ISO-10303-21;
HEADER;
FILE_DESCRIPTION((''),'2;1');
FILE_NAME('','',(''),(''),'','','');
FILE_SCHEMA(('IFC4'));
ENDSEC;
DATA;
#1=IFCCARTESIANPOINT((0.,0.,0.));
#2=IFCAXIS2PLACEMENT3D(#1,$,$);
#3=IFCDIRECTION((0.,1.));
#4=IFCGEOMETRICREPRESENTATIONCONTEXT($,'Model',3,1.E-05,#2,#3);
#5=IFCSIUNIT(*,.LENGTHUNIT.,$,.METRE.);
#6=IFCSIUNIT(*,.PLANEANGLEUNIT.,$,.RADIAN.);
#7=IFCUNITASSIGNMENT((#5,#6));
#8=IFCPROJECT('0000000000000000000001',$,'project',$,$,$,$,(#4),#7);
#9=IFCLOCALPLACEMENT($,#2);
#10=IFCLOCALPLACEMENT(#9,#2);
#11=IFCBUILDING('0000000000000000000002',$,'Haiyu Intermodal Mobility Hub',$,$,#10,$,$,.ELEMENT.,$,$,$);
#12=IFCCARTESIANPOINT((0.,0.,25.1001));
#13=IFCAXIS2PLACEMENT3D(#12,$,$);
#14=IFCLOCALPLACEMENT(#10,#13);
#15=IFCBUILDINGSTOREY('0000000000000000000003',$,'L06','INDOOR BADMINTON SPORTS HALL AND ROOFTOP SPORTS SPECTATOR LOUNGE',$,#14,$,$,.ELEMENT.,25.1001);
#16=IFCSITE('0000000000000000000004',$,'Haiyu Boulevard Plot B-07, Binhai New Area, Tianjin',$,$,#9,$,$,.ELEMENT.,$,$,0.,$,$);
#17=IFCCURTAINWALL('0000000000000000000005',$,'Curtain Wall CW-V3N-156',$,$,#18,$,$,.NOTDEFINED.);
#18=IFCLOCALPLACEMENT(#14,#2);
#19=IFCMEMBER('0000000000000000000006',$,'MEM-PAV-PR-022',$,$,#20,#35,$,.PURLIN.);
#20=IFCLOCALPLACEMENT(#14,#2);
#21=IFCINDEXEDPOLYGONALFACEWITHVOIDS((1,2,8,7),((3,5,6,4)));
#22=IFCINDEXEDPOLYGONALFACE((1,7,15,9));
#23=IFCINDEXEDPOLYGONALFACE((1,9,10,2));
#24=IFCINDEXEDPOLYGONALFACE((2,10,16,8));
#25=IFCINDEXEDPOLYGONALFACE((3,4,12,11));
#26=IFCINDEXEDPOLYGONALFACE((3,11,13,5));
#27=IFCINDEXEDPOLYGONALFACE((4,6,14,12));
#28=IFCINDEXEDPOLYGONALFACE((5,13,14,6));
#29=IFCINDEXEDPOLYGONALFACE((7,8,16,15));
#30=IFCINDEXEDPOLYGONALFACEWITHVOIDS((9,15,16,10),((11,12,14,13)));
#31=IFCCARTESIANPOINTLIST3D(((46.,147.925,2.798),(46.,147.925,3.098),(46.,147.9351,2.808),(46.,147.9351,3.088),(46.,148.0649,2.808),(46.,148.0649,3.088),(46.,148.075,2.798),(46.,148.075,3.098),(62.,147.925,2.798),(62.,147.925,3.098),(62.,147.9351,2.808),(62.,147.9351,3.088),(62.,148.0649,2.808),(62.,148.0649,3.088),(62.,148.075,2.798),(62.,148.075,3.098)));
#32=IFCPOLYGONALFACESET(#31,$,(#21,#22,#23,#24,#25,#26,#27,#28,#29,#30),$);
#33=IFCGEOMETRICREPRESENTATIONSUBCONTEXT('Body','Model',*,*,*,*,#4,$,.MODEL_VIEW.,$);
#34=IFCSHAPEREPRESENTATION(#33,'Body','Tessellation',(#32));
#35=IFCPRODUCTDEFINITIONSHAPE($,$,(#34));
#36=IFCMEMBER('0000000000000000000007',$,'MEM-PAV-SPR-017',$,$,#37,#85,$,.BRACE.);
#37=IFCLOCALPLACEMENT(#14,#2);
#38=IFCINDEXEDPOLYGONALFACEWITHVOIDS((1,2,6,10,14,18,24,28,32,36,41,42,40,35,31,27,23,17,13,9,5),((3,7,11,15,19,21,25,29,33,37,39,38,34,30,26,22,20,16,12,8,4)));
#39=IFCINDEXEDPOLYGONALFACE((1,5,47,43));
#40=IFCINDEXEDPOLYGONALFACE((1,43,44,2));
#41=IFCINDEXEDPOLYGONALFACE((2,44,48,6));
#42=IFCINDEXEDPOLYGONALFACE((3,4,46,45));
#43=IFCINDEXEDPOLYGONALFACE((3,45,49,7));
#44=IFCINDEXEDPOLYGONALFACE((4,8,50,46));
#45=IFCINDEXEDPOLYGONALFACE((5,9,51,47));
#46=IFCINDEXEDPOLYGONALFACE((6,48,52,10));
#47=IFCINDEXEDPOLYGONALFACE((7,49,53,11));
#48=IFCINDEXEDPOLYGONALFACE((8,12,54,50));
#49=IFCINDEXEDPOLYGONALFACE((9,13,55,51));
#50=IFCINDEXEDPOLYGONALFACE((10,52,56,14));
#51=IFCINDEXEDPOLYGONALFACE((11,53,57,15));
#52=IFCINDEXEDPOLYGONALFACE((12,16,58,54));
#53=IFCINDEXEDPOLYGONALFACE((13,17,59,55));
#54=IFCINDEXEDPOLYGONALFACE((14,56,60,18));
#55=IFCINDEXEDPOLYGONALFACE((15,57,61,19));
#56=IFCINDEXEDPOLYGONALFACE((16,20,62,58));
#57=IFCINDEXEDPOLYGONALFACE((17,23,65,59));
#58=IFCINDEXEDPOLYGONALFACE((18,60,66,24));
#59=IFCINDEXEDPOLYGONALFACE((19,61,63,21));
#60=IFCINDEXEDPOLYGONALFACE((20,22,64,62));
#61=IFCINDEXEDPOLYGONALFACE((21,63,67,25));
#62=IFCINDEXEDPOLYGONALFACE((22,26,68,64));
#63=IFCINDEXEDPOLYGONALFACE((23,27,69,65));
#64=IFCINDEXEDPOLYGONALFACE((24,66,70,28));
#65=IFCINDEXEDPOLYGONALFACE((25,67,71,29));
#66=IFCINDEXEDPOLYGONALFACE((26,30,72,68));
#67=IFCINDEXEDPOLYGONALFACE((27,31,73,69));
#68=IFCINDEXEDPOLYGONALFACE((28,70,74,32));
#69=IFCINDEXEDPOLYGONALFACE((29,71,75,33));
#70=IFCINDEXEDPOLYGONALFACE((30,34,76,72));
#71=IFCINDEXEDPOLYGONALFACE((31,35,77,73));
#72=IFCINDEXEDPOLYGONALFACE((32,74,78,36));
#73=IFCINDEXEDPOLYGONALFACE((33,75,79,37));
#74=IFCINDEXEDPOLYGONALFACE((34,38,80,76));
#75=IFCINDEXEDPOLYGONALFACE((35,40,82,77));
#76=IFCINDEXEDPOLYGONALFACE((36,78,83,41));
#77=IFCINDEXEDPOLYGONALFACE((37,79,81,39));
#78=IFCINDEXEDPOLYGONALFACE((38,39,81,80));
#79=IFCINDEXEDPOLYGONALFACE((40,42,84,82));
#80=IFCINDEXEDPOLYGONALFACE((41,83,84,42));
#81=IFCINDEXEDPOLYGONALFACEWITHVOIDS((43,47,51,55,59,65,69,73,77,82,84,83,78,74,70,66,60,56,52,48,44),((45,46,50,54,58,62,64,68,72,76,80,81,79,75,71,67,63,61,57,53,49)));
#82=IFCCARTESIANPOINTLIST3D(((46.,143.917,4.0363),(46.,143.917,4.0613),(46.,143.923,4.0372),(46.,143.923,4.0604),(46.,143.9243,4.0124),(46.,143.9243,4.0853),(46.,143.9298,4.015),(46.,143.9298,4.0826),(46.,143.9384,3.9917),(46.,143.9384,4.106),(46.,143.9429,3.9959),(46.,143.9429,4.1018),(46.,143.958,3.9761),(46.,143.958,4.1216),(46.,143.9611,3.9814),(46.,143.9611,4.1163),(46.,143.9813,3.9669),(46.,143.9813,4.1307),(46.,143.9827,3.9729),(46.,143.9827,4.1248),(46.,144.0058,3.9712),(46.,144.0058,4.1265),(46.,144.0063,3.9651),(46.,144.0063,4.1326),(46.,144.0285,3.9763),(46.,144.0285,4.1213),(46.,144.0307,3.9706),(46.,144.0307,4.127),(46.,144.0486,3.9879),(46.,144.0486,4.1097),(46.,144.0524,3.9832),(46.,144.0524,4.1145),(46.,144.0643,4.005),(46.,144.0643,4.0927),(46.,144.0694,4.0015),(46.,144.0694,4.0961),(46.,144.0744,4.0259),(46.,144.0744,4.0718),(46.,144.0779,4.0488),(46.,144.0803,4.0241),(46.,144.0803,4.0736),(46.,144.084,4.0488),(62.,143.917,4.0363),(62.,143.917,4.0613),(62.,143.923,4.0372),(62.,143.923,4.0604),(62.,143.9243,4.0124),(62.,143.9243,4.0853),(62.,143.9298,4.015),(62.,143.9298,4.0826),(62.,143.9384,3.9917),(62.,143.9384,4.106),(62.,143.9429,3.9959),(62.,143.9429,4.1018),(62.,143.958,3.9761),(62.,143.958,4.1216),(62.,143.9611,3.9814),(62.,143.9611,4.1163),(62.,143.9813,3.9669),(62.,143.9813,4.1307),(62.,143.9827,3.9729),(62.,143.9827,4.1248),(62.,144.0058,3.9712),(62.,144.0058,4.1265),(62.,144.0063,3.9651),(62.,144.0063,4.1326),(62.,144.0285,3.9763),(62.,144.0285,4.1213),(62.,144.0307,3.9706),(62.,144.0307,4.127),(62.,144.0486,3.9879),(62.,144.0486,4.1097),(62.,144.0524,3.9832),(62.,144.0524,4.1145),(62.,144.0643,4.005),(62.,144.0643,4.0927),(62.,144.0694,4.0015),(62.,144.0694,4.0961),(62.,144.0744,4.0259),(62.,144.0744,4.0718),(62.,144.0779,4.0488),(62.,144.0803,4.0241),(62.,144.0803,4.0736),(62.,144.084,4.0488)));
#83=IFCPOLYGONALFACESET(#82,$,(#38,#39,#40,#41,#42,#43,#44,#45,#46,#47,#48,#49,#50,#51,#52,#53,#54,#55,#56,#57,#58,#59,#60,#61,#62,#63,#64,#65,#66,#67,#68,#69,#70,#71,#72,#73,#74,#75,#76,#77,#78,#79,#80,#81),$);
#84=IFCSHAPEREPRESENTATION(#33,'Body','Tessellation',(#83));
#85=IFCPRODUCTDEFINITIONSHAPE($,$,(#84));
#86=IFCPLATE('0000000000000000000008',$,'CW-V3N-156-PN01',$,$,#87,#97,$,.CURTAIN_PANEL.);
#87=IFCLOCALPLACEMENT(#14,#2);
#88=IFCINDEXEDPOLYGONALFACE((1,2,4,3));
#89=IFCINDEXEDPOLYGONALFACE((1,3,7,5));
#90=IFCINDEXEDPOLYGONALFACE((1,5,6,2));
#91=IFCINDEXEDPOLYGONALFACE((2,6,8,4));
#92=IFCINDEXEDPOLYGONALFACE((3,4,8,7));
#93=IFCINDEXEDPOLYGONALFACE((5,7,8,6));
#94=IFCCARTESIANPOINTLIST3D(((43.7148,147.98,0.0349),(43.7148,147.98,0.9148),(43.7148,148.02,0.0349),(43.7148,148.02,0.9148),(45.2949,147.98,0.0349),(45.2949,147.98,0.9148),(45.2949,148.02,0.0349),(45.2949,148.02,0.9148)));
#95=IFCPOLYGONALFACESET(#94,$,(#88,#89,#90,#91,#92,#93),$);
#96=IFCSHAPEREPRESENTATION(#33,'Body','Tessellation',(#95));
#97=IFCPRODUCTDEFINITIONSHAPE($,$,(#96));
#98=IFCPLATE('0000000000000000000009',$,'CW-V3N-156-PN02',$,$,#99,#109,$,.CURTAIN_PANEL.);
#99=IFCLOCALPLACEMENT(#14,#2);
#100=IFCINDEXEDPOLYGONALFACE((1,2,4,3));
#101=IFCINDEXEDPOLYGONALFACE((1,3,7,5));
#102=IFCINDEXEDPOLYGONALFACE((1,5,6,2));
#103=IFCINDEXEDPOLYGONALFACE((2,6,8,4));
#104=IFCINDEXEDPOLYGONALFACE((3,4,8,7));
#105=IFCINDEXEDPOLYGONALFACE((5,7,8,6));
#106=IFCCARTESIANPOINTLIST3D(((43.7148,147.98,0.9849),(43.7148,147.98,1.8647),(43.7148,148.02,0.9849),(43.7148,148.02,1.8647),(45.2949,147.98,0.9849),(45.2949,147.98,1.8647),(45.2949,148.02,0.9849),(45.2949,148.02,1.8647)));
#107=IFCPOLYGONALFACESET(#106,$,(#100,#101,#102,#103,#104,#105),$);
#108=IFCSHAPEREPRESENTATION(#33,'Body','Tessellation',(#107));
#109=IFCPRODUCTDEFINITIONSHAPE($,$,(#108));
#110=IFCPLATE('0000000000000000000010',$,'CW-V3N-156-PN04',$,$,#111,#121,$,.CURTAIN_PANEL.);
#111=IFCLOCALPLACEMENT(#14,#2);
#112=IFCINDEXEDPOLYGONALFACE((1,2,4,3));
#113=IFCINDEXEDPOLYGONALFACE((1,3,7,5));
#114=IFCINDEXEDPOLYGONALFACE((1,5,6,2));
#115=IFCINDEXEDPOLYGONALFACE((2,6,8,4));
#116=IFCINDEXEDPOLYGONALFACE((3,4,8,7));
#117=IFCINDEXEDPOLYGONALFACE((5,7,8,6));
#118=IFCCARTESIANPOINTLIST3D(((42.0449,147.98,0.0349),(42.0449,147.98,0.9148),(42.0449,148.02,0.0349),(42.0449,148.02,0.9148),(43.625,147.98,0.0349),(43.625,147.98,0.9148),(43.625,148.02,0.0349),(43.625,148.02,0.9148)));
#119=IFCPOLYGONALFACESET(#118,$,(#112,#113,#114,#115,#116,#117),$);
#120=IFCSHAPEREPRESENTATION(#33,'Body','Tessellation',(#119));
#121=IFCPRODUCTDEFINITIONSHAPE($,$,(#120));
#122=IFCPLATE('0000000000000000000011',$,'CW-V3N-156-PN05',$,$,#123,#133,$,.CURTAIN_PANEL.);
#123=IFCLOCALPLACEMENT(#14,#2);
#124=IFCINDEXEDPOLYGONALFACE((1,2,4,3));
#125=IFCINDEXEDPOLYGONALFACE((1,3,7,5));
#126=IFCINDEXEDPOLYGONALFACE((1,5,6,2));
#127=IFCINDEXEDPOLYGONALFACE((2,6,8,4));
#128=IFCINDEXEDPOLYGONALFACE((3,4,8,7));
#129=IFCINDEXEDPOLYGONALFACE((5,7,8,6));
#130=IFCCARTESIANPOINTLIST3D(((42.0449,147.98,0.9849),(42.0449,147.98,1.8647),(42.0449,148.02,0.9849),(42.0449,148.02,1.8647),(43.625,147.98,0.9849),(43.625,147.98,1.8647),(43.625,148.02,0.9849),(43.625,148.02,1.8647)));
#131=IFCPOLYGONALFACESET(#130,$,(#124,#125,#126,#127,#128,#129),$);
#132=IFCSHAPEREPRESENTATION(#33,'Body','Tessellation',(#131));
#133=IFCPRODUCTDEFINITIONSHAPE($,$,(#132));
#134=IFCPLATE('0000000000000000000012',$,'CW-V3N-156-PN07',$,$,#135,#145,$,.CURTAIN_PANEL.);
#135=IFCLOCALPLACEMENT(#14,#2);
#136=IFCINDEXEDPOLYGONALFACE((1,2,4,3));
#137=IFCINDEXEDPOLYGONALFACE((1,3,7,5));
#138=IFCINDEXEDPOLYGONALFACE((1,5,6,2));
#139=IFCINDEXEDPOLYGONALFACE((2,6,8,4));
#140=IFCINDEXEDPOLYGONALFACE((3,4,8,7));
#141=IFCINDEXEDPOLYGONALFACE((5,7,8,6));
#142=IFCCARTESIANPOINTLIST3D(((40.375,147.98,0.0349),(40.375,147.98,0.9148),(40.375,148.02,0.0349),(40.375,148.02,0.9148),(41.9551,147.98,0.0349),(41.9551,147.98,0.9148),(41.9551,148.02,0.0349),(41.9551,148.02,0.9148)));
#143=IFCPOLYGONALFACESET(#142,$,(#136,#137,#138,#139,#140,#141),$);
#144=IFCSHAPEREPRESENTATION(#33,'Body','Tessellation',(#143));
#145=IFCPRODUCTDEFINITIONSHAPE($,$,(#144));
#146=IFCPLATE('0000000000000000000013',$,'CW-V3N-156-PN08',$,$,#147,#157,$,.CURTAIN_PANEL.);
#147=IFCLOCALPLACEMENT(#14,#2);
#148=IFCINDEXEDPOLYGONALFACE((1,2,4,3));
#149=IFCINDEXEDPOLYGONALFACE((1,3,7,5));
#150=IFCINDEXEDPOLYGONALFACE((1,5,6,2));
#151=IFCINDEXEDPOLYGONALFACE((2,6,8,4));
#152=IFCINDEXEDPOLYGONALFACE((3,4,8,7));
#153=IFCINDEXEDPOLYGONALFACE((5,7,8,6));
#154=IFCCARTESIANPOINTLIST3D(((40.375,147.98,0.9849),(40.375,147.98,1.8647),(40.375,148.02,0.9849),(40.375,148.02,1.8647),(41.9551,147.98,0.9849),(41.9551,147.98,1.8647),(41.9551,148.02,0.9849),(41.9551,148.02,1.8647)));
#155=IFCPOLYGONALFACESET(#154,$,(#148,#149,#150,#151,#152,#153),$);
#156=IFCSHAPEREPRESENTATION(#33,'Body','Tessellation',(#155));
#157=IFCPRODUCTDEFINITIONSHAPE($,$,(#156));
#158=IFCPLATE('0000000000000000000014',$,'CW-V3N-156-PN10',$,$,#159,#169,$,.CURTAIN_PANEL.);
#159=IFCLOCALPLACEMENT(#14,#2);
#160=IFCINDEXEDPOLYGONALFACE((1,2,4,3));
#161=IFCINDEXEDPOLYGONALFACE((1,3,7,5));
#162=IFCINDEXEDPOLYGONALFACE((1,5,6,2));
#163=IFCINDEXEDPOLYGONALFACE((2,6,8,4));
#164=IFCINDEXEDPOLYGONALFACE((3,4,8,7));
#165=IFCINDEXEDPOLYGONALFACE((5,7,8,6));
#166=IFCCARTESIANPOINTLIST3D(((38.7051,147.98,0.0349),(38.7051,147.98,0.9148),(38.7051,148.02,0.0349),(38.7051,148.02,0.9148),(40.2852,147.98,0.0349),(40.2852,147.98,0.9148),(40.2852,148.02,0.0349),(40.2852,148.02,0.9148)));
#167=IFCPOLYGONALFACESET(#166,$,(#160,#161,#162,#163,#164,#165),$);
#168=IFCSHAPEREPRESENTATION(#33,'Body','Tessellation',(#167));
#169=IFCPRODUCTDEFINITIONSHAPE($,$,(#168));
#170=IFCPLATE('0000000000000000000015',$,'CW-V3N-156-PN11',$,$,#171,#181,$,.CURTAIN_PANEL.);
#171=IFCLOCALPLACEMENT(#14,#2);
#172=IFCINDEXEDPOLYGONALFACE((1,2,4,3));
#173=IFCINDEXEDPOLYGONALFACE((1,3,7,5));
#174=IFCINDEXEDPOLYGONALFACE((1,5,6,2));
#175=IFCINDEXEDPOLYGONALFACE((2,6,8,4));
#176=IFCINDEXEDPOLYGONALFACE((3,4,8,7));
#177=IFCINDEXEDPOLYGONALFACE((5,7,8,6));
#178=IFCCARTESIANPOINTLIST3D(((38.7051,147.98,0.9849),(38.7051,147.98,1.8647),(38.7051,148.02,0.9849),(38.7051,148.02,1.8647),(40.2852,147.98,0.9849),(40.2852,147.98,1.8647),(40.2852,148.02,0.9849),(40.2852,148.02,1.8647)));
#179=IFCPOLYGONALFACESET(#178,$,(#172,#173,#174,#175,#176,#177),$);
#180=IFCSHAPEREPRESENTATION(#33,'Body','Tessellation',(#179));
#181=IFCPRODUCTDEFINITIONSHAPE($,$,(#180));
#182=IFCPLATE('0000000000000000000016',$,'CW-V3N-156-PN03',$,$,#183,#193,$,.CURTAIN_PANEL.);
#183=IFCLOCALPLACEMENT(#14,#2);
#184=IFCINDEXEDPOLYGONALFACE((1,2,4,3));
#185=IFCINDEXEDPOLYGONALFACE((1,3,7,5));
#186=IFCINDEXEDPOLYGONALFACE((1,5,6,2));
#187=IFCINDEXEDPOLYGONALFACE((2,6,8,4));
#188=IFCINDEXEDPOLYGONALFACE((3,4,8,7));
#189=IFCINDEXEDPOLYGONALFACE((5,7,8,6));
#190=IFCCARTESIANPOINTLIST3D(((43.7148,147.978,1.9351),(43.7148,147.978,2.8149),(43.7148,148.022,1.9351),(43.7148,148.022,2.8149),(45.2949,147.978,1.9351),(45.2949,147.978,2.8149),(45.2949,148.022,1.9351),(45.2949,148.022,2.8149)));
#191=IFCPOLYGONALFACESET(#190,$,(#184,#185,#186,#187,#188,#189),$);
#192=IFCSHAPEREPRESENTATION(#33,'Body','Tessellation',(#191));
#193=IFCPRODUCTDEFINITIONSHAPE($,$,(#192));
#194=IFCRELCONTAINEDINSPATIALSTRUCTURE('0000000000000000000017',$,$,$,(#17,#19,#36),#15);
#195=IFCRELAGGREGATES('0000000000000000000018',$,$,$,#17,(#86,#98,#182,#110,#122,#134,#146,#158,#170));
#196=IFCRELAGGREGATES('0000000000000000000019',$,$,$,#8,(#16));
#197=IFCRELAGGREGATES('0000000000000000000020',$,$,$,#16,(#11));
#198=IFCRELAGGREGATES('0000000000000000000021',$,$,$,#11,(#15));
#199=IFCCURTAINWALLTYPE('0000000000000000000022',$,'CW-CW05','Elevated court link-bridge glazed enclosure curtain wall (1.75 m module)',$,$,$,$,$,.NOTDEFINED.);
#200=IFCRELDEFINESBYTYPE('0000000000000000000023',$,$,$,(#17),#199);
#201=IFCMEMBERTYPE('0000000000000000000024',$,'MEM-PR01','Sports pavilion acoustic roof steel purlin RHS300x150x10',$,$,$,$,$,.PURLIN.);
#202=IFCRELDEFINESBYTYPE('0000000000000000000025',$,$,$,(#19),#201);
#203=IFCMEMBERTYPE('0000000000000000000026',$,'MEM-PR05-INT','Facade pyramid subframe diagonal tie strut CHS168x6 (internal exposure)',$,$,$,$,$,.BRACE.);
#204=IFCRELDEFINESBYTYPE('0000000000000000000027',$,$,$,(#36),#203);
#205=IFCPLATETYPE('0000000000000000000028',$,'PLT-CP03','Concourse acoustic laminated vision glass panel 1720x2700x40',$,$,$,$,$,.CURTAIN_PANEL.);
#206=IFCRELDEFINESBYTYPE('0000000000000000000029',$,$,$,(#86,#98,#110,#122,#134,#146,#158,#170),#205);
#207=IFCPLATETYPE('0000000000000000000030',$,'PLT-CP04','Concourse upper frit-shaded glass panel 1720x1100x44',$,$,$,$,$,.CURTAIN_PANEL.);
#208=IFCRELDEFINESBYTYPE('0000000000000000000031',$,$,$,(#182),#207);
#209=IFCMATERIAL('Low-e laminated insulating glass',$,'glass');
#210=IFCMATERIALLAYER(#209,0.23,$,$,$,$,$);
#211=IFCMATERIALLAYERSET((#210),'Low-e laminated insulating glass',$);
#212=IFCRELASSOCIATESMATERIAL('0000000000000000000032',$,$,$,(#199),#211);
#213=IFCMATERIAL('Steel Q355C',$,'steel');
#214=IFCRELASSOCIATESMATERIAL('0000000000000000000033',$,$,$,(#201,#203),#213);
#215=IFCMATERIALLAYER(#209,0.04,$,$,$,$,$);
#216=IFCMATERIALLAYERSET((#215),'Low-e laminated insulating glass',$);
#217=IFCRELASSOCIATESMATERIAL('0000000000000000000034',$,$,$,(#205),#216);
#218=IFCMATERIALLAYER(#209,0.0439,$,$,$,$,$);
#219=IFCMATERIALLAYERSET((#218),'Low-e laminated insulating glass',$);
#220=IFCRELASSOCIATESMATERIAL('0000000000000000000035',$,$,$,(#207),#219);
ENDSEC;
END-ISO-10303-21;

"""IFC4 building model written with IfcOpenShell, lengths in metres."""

from ifc_helpers import new_model, si_unit, direction, frame, origin, origin_2d, place, context, subcontext, project, spatial, rectangle, hollow_rectangle, hollow_circle, extrude, material, layer, layer_set, material_profile, profile_set, type_object, element, aggregate, save


model = new_model("IFC4")

# Units and contexts
model_context = context("Model", 3, precision=1e-05, world=origin(), true_north=direction((0.0, 1.0)))
body_context = subcontext(model_context, "Body", "Model", "MODEL_VIEW")
ifc_project = project(units=[si_unit("LENGTHUNIT", "METRE"), si_unit("PLANEANGLEUNIT", "RADIAN")], contexts=[model_context])

# Site, building, storey
site_placement = place(None, origin())
site = spatial("IfcSite", under=ifc_project, at=site_placement, Name="Haiyu Boulevard Plot B-07, Binhai New Area, Tianjin", CompositionType="ELEMENT", RefElevation=0.0)
building_placement = place(site_placement, origin())
building = spatial("IfcBuilding", under=site, at=building_placement, Name="Haiyu Intermodal Mobility Hub", CompositionType="ELEMENT")
storey_placement = place(building_placement, frame((0.0, 0.0, 25.1001)))
storey = spatial("IfcBuildingStorey", under=building, at=storey_placement, Name="L06", Description="INDOOR BADMINTON SPORTS HALL AND ROOFTOP SPORTS SPECTATOR LOUNGE", CompositionType="ELEMENT", Elevation=25.1001)

# Shared definitions
ifc_material_1 = material(Name="Steel Q355C", Category="steel")

# Curtain wall
ifc_material_2 = material(Name="Low-e laminated insulating glass", Category="glass")
ifc_layer_1 = layer(ifc_material_2, 0.23)
ifc_layer_set_1 = layer_set([ifc_layer_1], Name="Low-e laminated insulating glass")
curtain_wall_type = type_object("IfcCurtainWallType", Name="CW-CW05", Description="Elevated court link-bridge glazed enclosure curtain wall (1.75 m module)", PredefinedType="NOTDEFINED", material=ifc_layer_set_1)
curtain_wall_placement = place(storey_placement, origin())
curtain_wall = element("IfcCurtainWall", 1, at=curtain_wall_placement, inside=storey, type_object=curtain_wall_type, Name="Curtain Wall CW-V3N-156", PredefinedType="NOTDEFINED")

# Members
ifc_material_profile_1 = material_profile(ifc_material_1, hollow_rectangle(XDim=0.1499, YDim=0.3, WallThickness=0.01, at=origin_2d()), Name="RHS300x150x10")
ifc_profile_set_1 = profile_set([ifc_material_profile_1], Name="Steel Q355C")
member_type_1 = type_object("IfcMemberType", Name="MEM-PR01", Description="Sports pavilion acoustic roof steel purlin RHS300x150x10", PredefinedType="PURLIN", material=ifc_profile_set_1)
member_1_placement = place(storey_placement, frame((46.0, 148.0, 2.948), z_axis=(1.0, 0.0, 0.0), x_axis=(0.0, 1.0, 0.0)))
element("IfcMember", 2, at=member_1_placement, inside=storey, type_object=member_type_1, Name="MEM-PAV-PR-022", PredefinedType="PURLIN", context=body_context, shape_type="SweptSolid", body=[
    extrude(hollow_rectangle(XDim=0.1499, YDim=0.3, WallThickness=0.01, at=origin_2d()), origin(), (0.0, 0.0, 1.0), 16.0),
])
ifc_material_profile_2 = material_profile(ifc_material_1, hollow_circle(Radius=0.084, WallThickness=0.0061, at=origin_2d()), Name="CHS168x6")
ifc_profile_set_2 = profile_set([ifc_material_profile_2], Name="Steel Q355C")
member_type_2 = type_object("IfcMemberType", Name="MEM-PR05-INT", Description="Facade pyramid subframe diagonal tie strut CHS168x6 (internal exposure)", PredefinedType="BRACE", material=ifc_profile_set_2)
member_2_placement = place(storey_placement, frame((46.0, 144.0, 4.0488), z_axis=(1.0, 0.0, 0.0), x_axis=(0.0, 1.0, 0.0)))
element("IfcMember", 3, at=member_2_placement, inside=storey, type_object=member_type_2, Name="MEM-PAV-SPR-017", PredefinedType="BRACE", context=body_context, shape_type="SweptSolid", body=[
    extrude(hollow_circle(Radius=0.084, WallThickness=0.0061, at=origin_2d()), origin(), (0.0, 0.0, 1.0), 16.0),
])

# Plates
ifc_layer_2 = layer(ifc_material_2, 0.04)
ifc_layer_set_2 = layer_set([ifc_layer_2], Name="Low-e laminated insulating glass")
plate_type_1 = type_object("IfcPlateType", Name="PLT-CP03", Description="Concourse acoustic laminated vision glass panel 1720x2700x40", PredefinedType="CURTAIN_PANEL", material=ifc_layer_set_2)
plate_1_placement = place(storey_placement, frame((44.5049, 148.0, 0.0349), z_axis=(0.0, 0.0, 1.0), x_axis=(-1.0, 0.0, 0.0)))
plate_1 = element("IfcPlate", 4, at=plate_1_placement, type_object=plate_type_1, Name="CW-V3N-156-PN01", PredefinedType="CURTAIN_PANEL", context=body_context, shape_type="SweptSolid", body=[
    extrude(rectangle(XDim=1.5801, YDim=0.04, at=origin_2d()), origin(), (0.0, 0.0, 1.0), 0.8799),
])
plate_2_placement = place(storey_placement, frame((44.5049, 148.0, 0.9849), z_axis=(0.0, 0.0, 1.0), x_axis=(-1.0, 0.0, 0.0)))
plate_2 = element("IfcPlate", 5, at=plate_2_placement, type_object=plate_type_1, Name="CW-V3N-156-PN02", PredefinedType="CURTAIN_PANEL", context=body_context, shape_type="SweptSolid", body=[
    extrude(rectangle(XDim=1.5801, YDim=0.04, at=origin_2d()), origin(), (0.0, 0.0, 1.0), 0.8799),
])
plate_3_placement = place(storey_placement, frame((42.835, 148.0, 0.0349), z_axis=(0.0, 0.0, 1.0), x_axis=(-1.0, 0.0, 0.0)))
plate_3 = element("IfcPlate", 6, at=plate_3_placement, type_object=plate_type_1, Name="CW-V3N-156-PN04", PredefinedType="CURTAIN_PANEL", context=body_context, shape_type="SweptSolid", body=[
    extrude(rectangle(XDim=1.5801, YDim=0.04, at=origin_2d()), origin(), (0.0, 0.0, 1.0), 0.8799),
])
plate_4_placement = place(storey_placement, frame((42.835, 148.0, 0.9849), z_axis=(0.0, 0.0, 1.0), x_axis=(-1.0, 0.0, 0.0)))
plate_4 = element("IfcPlate", 7, at=plate_4_placement, type_object=plate_type_1, Name="CW-V3N-156-PN05", PredefinedType="CURTAIN_PANEL", context=body_context, shape_type="SweptSolid", body=[
    extrude(rectangle(XDim=1.5801, YDim=0.04, at=origin_2d()), origin(), (0.0, 0.0, 1.0), 0.8799),
])
plate_5_placement = place(storey_placement, frame((41.165, 148.0, 0.0349), z_axis=(0.0, 0.0, 1.0), x_axis=(-1.0, 0.0, 0.0)))
plate_5 = element("IfcPlate", 8, at=plate_5_placement, type_object=plate_type_1, Name="CW-V3N-156-PN07", PredefinedType="CURTAIN_PANEL", context=body_context, shape_type="SweptSolid", body=[
    extrude(rectangle(XDim=1.5801, YDim=0.04, at=origin_2d()), origin(), (0.0, 0.0, 1.0), 0.8799),
])
plate_6_placement = place(storey_placement, frame((41.165, 148.0, 0.9849), z_axis=(0.0, 0.0, 1.0), x_axis=(-1.0, 0.0, 0.0)))
plate_6 = element("IfcPlate", 9, at=plate_6_placement, type_object=plate_type_1, Name="CW-V3N-156-PN08", PredefinedType="CURTAIN_PANEL", context=body_context, shape_type="SweptSolid", body=[
    extrude(rectangle(XDim=1.5801, YDim=0.04, at=origin_2d()), origin(), (0.0, 0.0, 1.0), 0.8799),
])
plate_7_placement = place(storey_placement, frame((39.4951, 148.0, 0.0349), z_axis=(0.0, 0.0, 1.0), x_axis=(-1.0, 0.0, 0.0)))
plate_7 = element("IfcPlate", 10, at=plate_7_placement, type_object=plate_type_1, Name="CW-V3N-156-PN10", PredefinedType="CURTAIN_PANEL", context=body_context, shape_type="SweptSolid", body=[
    extrude(rectangle(XDim=1.5801, YDim=0.04, at=origin_2d()), origin(), (0.0, 0.0, 1.0), 0.8799),
])
plate_8_placement = place(storey_placement, frame((39.4951, 148.0, 0.9849), z_axis=(0.0, 0.0, 1.0), x_axis=(-1.0, 0.0, 0.0)))
plate_8 = element("IfcPlate", 11, at=plate_8_placement, type_object=plate_type_1, Name="CW-V3N-156-PN11", PredefinedType="CURTAIN_PANEL", context=body_context, shape_type="SweptSolid", body=[
    extrude(rectangle(XDim=1.5801, YDim=0.04, at=origin_2d()), origin(), (0.0, 0.0, 1.0), 0.8799),
])
ifc_layer_3 = layer(ifc_material_2, 0.0439)
ifc_layer_set_3 = layer_set([ifc_layer_3], Name="Low-e laminated insulating glass")
plate_type_2 = type_object("IfcPlateType", Name="PLT-CP04", Description="Concourse upper frit-shaded glass panel 1720x1100x44", PredefinedType="CURTAIN_PANEL", material=ifc_layer_set_3)
plate_9_placement = place(storey_placement, frame((44.5049, 148.0, 1.9351), z_axis=(0.0, 0.0, 1.0), x_axis=(-1.0, 0.0, 0.0)))
plate_9 = element("IfcPlate", 12, at=plate_9_placement, type_object=plate_type_2, Name="CW-V3N-156-PN03", PredefinedType="CURTAIN_PANEL", context=body_context, shape_type="SweptSolid", body=[
    extrude(rectangle(XDim=1.5801, YDim=0.0439, at=origin_2d()), origin(), (0.0, 0.0, 1.0), 0.8799),
])
aggregate(curtain_wall, [plate_1, plate_2, plate_9, plate_3, plate_4, plate_5, plate_6, plate_7, plate_8])

save(model, "model.ifc")
